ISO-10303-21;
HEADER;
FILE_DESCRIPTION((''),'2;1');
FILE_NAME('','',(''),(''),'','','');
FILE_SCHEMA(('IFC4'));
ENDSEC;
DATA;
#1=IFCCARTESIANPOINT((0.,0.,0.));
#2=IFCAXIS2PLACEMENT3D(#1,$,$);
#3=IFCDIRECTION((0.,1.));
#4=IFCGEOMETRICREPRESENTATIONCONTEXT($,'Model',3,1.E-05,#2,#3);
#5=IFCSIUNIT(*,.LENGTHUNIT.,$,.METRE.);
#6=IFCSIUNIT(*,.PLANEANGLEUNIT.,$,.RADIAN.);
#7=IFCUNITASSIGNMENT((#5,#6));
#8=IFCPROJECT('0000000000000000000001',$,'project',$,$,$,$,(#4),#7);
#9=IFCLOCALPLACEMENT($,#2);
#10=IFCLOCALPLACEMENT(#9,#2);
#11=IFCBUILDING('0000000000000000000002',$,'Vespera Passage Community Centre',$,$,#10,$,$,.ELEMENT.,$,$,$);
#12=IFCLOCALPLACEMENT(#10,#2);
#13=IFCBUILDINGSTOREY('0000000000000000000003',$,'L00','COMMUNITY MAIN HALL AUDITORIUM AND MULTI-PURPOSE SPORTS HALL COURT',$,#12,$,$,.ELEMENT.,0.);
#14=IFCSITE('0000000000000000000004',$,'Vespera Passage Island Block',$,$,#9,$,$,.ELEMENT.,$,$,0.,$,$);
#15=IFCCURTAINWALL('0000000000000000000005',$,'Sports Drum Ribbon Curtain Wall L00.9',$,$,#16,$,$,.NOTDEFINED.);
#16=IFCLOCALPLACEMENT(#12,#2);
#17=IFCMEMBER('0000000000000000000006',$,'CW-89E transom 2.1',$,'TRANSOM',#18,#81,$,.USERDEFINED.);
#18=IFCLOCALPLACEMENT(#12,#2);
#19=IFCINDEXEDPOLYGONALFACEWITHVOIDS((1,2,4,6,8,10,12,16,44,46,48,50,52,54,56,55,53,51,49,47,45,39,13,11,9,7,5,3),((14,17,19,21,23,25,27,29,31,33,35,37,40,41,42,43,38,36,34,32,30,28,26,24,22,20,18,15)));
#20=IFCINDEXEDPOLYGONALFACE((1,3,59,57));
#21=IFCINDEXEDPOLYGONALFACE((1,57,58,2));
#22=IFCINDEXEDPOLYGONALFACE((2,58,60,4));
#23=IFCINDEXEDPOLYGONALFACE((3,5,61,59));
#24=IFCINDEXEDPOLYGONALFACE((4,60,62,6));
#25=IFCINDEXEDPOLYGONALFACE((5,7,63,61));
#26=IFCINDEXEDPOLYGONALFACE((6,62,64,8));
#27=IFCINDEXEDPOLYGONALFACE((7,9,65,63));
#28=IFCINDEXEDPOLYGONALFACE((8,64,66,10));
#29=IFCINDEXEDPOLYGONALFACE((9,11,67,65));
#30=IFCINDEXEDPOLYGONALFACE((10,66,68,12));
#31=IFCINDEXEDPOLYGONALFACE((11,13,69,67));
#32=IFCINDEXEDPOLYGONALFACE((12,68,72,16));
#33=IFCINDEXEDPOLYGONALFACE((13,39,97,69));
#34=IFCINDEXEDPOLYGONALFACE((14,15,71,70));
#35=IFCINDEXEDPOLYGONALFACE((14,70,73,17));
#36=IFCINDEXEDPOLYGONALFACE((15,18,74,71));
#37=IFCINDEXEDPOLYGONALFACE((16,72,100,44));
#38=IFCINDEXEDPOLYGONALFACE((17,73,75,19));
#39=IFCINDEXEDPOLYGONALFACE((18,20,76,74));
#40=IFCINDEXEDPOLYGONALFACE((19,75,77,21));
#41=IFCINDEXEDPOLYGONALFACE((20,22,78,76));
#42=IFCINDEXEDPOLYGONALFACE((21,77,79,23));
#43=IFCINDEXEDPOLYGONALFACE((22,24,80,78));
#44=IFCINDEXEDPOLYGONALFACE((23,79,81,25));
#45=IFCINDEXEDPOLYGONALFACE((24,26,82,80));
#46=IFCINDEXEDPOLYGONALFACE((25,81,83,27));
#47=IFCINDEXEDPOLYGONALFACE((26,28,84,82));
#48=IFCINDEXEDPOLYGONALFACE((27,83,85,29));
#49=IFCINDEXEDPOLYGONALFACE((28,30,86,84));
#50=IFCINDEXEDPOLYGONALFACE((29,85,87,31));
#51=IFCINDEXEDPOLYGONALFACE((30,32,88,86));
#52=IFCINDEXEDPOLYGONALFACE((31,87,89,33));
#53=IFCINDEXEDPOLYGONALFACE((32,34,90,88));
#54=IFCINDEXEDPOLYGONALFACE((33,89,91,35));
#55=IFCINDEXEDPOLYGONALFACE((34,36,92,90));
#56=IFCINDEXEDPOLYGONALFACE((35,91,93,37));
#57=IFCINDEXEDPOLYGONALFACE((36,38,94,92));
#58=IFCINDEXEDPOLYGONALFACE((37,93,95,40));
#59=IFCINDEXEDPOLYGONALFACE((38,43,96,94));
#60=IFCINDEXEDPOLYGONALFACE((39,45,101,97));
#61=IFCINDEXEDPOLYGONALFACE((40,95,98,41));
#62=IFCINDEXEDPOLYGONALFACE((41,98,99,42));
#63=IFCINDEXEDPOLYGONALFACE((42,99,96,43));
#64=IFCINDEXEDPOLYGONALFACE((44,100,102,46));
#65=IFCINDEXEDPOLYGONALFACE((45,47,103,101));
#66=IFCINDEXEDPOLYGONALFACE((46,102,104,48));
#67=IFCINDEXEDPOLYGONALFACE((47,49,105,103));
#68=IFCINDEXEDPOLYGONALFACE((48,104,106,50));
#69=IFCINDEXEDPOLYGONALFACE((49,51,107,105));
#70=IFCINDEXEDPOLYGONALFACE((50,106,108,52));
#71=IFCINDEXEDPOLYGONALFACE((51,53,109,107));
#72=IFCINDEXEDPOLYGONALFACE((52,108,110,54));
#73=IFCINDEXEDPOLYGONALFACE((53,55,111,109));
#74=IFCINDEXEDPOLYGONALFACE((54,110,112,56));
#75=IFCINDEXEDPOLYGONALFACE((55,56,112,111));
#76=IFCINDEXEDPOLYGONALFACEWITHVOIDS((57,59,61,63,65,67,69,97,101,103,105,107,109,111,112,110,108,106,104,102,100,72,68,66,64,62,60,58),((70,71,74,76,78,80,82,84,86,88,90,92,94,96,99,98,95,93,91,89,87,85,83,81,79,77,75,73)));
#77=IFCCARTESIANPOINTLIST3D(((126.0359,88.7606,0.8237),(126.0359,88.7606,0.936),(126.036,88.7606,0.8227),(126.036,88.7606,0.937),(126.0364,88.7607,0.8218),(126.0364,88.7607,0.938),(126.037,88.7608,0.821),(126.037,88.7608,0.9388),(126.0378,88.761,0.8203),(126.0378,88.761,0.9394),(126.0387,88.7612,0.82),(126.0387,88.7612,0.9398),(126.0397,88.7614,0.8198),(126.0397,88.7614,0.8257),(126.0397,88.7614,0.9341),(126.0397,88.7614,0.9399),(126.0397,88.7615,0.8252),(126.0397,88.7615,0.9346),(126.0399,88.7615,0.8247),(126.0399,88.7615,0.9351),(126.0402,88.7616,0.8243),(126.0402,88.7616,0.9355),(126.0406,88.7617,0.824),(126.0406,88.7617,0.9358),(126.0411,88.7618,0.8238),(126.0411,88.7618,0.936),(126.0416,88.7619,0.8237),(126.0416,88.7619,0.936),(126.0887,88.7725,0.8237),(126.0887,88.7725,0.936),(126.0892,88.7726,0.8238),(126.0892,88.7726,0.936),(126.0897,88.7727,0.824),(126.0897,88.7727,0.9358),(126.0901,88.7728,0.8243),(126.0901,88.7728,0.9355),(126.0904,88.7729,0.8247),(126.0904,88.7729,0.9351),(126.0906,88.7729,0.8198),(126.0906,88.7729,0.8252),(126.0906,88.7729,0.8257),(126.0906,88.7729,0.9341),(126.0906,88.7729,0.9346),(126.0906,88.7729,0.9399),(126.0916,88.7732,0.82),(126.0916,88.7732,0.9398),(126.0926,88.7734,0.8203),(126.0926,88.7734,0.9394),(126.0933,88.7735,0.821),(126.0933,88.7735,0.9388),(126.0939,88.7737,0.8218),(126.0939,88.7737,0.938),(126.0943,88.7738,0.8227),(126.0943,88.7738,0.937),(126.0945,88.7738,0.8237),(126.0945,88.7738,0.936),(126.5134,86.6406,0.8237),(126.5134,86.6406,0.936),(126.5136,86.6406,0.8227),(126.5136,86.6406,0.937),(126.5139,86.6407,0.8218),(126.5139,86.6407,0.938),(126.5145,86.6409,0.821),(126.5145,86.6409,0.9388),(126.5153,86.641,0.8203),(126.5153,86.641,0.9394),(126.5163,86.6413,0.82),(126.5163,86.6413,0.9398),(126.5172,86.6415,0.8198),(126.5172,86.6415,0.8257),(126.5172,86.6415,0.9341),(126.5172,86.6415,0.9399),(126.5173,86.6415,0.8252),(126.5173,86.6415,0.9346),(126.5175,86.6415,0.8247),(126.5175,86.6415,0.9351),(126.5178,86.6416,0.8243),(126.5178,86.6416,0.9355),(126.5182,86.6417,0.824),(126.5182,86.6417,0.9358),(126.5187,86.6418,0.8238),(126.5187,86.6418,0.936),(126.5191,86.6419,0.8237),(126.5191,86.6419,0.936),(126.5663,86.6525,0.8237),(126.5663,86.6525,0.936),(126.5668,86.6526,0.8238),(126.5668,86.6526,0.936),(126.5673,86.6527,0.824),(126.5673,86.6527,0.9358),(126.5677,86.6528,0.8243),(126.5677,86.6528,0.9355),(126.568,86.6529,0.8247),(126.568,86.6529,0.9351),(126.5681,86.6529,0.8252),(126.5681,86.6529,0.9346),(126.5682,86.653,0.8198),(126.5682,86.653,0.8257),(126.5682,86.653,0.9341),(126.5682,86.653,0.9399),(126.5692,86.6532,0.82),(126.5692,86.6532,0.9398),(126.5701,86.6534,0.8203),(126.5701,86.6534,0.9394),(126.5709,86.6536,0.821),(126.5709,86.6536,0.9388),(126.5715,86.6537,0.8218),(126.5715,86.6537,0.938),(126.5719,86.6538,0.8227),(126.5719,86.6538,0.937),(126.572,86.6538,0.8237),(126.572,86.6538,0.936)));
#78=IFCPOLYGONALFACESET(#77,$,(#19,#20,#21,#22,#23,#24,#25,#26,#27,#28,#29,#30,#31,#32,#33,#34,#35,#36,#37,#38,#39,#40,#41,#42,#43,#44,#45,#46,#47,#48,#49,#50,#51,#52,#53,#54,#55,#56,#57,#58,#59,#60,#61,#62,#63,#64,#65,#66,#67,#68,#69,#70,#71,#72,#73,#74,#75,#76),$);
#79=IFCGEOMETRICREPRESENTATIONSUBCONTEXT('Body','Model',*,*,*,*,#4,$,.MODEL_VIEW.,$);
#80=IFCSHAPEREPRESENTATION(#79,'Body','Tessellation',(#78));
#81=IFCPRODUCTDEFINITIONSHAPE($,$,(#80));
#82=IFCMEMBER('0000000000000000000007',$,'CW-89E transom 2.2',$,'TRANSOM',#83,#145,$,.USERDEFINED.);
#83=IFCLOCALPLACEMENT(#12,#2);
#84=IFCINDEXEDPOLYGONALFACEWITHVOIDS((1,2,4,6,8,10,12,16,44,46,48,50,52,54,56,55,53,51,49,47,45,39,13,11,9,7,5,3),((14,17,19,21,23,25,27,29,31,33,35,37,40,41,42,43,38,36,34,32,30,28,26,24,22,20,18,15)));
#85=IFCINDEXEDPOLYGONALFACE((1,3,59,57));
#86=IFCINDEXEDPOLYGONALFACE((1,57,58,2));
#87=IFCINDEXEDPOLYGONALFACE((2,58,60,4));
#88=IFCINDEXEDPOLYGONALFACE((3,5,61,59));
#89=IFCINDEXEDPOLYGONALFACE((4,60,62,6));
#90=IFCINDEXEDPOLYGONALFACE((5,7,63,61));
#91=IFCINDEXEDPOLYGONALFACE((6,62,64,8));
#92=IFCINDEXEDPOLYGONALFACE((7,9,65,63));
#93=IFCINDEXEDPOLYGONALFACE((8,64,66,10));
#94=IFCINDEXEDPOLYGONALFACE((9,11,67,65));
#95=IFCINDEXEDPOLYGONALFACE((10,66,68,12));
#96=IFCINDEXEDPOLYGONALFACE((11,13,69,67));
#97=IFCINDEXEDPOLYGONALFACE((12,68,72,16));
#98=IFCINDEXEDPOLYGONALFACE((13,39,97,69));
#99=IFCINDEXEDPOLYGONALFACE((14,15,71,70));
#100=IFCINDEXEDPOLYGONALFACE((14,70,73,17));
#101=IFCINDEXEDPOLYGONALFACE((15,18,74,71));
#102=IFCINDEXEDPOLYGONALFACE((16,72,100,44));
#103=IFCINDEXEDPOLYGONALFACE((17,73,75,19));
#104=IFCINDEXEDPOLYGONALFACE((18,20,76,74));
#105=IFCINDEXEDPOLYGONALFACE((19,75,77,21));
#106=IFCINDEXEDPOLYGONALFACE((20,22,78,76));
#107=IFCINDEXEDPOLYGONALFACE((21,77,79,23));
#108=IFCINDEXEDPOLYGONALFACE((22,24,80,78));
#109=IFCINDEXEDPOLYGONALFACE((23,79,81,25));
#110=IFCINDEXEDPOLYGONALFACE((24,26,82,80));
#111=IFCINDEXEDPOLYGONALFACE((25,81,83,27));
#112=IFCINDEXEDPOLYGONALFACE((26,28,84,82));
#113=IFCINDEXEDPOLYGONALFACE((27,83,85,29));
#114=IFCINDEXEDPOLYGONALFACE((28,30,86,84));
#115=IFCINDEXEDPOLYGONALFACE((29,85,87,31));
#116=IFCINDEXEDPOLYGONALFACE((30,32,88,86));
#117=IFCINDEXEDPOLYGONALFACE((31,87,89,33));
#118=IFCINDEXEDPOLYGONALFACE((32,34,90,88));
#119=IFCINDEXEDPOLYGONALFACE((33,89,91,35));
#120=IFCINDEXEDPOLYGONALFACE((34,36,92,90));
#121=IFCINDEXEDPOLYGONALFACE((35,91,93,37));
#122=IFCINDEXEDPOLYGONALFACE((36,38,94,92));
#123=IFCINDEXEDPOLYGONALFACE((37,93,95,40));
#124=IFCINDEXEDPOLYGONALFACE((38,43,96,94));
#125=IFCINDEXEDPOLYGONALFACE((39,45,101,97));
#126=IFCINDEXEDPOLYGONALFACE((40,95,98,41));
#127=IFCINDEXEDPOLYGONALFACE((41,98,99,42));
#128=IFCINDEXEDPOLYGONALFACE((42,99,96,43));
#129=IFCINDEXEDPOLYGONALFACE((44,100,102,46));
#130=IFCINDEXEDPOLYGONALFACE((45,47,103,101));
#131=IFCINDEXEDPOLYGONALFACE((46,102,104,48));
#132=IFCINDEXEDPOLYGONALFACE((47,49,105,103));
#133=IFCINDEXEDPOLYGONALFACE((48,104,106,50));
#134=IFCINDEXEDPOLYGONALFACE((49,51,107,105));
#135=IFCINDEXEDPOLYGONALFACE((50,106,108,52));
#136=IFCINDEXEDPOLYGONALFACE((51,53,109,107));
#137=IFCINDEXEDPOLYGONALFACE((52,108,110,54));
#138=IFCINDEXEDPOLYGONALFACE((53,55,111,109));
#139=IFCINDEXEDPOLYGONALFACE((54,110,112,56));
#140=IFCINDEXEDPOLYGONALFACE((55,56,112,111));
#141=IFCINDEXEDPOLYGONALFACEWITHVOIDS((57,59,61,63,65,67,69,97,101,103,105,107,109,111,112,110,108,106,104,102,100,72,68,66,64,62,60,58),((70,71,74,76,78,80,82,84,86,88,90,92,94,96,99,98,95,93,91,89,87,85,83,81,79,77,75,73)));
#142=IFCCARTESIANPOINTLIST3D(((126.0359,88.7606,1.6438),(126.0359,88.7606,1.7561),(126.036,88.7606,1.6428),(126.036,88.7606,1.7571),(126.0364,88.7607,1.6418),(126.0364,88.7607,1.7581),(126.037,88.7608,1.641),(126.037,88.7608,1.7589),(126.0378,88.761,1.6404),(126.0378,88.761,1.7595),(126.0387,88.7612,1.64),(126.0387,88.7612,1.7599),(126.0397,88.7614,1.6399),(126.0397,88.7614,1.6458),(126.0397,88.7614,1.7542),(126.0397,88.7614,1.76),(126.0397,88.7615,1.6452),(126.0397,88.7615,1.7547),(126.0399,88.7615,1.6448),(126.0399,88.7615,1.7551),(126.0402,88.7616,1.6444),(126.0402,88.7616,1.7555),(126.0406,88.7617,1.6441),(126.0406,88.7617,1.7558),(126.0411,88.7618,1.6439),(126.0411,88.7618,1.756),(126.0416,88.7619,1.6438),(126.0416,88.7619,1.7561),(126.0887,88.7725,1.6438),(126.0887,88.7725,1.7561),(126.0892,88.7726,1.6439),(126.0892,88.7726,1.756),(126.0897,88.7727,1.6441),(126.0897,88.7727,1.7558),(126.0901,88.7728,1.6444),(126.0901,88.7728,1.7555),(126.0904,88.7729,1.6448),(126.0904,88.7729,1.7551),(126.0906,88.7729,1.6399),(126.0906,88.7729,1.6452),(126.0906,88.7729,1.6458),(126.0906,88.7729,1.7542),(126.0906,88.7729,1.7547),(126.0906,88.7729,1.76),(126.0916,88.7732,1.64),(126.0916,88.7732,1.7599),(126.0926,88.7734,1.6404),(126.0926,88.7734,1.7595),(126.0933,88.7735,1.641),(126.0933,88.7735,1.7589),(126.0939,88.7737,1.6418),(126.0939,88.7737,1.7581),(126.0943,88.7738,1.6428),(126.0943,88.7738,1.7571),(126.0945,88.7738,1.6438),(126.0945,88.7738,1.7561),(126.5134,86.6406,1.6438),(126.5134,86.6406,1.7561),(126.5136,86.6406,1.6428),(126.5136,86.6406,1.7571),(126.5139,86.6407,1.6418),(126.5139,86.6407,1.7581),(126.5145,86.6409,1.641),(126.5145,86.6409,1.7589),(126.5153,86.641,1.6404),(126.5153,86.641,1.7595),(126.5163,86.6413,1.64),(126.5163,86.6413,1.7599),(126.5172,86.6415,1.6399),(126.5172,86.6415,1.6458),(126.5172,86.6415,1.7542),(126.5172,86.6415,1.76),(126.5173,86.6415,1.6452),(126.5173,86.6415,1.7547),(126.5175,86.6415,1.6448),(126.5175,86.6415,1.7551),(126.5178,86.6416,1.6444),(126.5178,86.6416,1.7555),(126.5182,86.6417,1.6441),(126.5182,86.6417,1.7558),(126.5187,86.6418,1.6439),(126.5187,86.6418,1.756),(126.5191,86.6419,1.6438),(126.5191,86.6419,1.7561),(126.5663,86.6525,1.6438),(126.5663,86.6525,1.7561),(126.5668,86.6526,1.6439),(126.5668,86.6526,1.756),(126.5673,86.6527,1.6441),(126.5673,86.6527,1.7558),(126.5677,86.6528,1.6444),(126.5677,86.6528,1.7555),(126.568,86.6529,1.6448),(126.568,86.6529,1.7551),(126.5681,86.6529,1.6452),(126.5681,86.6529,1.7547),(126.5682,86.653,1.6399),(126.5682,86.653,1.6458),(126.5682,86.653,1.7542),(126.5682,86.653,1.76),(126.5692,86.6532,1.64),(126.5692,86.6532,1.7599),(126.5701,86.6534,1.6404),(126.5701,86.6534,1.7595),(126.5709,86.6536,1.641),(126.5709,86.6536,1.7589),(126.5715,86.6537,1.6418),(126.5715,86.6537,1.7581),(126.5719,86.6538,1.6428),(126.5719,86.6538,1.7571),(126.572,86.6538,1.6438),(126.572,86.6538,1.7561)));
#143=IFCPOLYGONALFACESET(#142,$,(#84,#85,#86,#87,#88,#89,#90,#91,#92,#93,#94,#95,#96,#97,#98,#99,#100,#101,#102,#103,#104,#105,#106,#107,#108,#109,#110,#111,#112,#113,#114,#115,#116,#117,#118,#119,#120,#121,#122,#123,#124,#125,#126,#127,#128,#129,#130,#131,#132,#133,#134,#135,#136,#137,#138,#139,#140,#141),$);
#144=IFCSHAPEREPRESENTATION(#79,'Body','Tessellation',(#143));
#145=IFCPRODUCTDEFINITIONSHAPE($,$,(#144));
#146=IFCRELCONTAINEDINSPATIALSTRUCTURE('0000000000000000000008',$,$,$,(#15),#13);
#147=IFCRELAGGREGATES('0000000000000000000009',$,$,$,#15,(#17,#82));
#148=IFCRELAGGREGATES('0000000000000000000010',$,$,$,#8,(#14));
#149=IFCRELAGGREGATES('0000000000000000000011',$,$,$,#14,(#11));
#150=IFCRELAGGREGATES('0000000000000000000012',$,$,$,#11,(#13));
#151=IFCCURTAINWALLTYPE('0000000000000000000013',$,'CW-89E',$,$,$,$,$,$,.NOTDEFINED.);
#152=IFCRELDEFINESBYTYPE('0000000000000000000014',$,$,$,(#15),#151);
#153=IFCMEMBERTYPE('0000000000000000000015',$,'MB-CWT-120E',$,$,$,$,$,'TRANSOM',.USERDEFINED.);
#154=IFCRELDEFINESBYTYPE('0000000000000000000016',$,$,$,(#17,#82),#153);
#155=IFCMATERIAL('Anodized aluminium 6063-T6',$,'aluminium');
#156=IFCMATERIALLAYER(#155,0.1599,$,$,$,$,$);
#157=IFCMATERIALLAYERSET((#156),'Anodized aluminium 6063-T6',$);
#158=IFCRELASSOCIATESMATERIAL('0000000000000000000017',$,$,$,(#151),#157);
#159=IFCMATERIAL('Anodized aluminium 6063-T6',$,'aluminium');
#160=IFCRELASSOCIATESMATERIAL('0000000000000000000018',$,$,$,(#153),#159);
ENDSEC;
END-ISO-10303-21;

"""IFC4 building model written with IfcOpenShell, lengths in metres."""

from ifc_helpers import new_model, si_unit, direction, frame, origin, origin_2d, place, context, subcontext, project, spatial, hollow_rectangle, extrude, material, layer, layer_set, material_profile, profile_set, type_object, element, aggregate, save


model = new_model("IFC4")

# Units and contexts
model_context = context("Model", 3, precision=1e-05, world=origin(), true_north=direction((0.0, 1.0)))
body_context = subcontext(model_context, "Body", "Model", "MODEL_VIEW")
ifc_project = project(units=[si_unit("LENGTHUNIT", "METRE"), si_unit("PLANEANGLEUNIT", "RADIAN")], contexts=[model_context])

# Site, building, storey
site_placement = place(None, origin())
site = spatial("IfcSite", under=ifc_project, at=site_placement, Name="Vespera Passage Island Block", CompositionType="ELEMENT", RefElevation=0.0)
building_placement = place(site_placement, origin())
building = spatial("IfcBuilding", under=site, at=building_placement, Name="Vespera Passage Community Centre", CompositionType="ELEMENT")
storey_placement = place(building_placement, origin())
storey = spatial("IfcBuildingStorey", under=building, at=storey_placement, Name="L00", Description="COMMUNITY MAIN HALL AUDITORIUM AND MULTI-PURPOSE SPORTS HALL COURT", CompositionType="ELEMENT", Elevation=0.0)

# Curtain wall, members
ifc_material_1 = material(Name="Anodized aluminium 6063-T6", Category="aluminium")
ifc_layer_1 = layer(ifc_material_1, 0.1599)
ifc_layer_set_1 = layer_set([ifc_layer_1], Name="Anodized aluminium 6063-T6")
curtain_wall_type = type_object("IfcCurtainWallType", Name="CW-89E", PredefinedType="NOTDEFINED", material=ifc_layer_set_1)
curtain_wall_placement = place(storey_placement, origin())
curtain_wall = element("IfcCurtainWall", 1, at=curtain_wall_placement, inside=storey, type_object=curtain_wall_type, Name="Sports Drum Ribbon Curtain Wall L00.9", PredefinedType="NOTDEFINED")
ifc_material_2 = material(Name="Anodized aluminium 6063-T6", Category="aluminium")
ifc_material_profile_1 = material_profile(ifc_material_2, hollow_rectangle(XDim=0.0601, YDim=0.1201, WallThickness=0.0039, InnerFilletRadius=0.002, OuterFilletRadius=0.0039, at=origin_2d()), Name="ALU120X60X4")
ifc_profile_set_1 = profile_set([ifc_material_profile_1], Name="Anodized aluminium 6063-T6")
member_type_1 = type_object("IfcMemberType", Name="MB-CWT-120E", ElementType="TRANSOM", PredefinedType="USERDEFINED", material=ifc_profile_set_1)
member_1_placement = place(storey_placement, frame((126.5427, 86.6472, 0.8799), z_axis=(-0.219761, 0.975554, 0.0), x_axis=(-0.975554, -0.219761, 0.0)))
member_1 = element("IfcMember", 2, at=member_1_placement, type_object=member_type_1, Name="CW-89E transom 2.1", ObjectType="TRANSOM", PredefinedType="USERDEFINED", context=body_context, shape_type="SweptSolid", body=[
    extrude(hollow_rectangle(XDim=0.0601, YDim=0.1201, WallThickness=0.0039, InnerFilletRadius=0.002, OuterFilletRadius=0.0039, at=origin_2d()), origin(), (0.0, 0.0, 1.0), 2.1731),
])
member_2_placement = place(storey_placement, frame((126.5427, 86.6472, 1.7), z_axis=(-0.219761, 0.975554, 0.0), x_axis=(-0.975554, -0.219761, 0.0)))
member_2 = element("IfcMember", 3, at=member_2_placement, type_object=member_type_1, Name="CW-89E transom 2.2", ObjectType="TRANSOM", PredefinedType="USERDEFINED", context=body_context, shape_type="SweptSolid", body=[
    extrude(hollow_rectangle(XDim=0.0601, YDim=0.1201, WallThickness=0.0039, InnerFilletRadius=0.002, OuterFilletRadius=0.0039, at=origin_2d()), origin(), (0.0, 0.0, 1.0), 2.1731),
])
aggregate(curtain_wall, [member_1, member_2])

save(model, "model.ifc")
